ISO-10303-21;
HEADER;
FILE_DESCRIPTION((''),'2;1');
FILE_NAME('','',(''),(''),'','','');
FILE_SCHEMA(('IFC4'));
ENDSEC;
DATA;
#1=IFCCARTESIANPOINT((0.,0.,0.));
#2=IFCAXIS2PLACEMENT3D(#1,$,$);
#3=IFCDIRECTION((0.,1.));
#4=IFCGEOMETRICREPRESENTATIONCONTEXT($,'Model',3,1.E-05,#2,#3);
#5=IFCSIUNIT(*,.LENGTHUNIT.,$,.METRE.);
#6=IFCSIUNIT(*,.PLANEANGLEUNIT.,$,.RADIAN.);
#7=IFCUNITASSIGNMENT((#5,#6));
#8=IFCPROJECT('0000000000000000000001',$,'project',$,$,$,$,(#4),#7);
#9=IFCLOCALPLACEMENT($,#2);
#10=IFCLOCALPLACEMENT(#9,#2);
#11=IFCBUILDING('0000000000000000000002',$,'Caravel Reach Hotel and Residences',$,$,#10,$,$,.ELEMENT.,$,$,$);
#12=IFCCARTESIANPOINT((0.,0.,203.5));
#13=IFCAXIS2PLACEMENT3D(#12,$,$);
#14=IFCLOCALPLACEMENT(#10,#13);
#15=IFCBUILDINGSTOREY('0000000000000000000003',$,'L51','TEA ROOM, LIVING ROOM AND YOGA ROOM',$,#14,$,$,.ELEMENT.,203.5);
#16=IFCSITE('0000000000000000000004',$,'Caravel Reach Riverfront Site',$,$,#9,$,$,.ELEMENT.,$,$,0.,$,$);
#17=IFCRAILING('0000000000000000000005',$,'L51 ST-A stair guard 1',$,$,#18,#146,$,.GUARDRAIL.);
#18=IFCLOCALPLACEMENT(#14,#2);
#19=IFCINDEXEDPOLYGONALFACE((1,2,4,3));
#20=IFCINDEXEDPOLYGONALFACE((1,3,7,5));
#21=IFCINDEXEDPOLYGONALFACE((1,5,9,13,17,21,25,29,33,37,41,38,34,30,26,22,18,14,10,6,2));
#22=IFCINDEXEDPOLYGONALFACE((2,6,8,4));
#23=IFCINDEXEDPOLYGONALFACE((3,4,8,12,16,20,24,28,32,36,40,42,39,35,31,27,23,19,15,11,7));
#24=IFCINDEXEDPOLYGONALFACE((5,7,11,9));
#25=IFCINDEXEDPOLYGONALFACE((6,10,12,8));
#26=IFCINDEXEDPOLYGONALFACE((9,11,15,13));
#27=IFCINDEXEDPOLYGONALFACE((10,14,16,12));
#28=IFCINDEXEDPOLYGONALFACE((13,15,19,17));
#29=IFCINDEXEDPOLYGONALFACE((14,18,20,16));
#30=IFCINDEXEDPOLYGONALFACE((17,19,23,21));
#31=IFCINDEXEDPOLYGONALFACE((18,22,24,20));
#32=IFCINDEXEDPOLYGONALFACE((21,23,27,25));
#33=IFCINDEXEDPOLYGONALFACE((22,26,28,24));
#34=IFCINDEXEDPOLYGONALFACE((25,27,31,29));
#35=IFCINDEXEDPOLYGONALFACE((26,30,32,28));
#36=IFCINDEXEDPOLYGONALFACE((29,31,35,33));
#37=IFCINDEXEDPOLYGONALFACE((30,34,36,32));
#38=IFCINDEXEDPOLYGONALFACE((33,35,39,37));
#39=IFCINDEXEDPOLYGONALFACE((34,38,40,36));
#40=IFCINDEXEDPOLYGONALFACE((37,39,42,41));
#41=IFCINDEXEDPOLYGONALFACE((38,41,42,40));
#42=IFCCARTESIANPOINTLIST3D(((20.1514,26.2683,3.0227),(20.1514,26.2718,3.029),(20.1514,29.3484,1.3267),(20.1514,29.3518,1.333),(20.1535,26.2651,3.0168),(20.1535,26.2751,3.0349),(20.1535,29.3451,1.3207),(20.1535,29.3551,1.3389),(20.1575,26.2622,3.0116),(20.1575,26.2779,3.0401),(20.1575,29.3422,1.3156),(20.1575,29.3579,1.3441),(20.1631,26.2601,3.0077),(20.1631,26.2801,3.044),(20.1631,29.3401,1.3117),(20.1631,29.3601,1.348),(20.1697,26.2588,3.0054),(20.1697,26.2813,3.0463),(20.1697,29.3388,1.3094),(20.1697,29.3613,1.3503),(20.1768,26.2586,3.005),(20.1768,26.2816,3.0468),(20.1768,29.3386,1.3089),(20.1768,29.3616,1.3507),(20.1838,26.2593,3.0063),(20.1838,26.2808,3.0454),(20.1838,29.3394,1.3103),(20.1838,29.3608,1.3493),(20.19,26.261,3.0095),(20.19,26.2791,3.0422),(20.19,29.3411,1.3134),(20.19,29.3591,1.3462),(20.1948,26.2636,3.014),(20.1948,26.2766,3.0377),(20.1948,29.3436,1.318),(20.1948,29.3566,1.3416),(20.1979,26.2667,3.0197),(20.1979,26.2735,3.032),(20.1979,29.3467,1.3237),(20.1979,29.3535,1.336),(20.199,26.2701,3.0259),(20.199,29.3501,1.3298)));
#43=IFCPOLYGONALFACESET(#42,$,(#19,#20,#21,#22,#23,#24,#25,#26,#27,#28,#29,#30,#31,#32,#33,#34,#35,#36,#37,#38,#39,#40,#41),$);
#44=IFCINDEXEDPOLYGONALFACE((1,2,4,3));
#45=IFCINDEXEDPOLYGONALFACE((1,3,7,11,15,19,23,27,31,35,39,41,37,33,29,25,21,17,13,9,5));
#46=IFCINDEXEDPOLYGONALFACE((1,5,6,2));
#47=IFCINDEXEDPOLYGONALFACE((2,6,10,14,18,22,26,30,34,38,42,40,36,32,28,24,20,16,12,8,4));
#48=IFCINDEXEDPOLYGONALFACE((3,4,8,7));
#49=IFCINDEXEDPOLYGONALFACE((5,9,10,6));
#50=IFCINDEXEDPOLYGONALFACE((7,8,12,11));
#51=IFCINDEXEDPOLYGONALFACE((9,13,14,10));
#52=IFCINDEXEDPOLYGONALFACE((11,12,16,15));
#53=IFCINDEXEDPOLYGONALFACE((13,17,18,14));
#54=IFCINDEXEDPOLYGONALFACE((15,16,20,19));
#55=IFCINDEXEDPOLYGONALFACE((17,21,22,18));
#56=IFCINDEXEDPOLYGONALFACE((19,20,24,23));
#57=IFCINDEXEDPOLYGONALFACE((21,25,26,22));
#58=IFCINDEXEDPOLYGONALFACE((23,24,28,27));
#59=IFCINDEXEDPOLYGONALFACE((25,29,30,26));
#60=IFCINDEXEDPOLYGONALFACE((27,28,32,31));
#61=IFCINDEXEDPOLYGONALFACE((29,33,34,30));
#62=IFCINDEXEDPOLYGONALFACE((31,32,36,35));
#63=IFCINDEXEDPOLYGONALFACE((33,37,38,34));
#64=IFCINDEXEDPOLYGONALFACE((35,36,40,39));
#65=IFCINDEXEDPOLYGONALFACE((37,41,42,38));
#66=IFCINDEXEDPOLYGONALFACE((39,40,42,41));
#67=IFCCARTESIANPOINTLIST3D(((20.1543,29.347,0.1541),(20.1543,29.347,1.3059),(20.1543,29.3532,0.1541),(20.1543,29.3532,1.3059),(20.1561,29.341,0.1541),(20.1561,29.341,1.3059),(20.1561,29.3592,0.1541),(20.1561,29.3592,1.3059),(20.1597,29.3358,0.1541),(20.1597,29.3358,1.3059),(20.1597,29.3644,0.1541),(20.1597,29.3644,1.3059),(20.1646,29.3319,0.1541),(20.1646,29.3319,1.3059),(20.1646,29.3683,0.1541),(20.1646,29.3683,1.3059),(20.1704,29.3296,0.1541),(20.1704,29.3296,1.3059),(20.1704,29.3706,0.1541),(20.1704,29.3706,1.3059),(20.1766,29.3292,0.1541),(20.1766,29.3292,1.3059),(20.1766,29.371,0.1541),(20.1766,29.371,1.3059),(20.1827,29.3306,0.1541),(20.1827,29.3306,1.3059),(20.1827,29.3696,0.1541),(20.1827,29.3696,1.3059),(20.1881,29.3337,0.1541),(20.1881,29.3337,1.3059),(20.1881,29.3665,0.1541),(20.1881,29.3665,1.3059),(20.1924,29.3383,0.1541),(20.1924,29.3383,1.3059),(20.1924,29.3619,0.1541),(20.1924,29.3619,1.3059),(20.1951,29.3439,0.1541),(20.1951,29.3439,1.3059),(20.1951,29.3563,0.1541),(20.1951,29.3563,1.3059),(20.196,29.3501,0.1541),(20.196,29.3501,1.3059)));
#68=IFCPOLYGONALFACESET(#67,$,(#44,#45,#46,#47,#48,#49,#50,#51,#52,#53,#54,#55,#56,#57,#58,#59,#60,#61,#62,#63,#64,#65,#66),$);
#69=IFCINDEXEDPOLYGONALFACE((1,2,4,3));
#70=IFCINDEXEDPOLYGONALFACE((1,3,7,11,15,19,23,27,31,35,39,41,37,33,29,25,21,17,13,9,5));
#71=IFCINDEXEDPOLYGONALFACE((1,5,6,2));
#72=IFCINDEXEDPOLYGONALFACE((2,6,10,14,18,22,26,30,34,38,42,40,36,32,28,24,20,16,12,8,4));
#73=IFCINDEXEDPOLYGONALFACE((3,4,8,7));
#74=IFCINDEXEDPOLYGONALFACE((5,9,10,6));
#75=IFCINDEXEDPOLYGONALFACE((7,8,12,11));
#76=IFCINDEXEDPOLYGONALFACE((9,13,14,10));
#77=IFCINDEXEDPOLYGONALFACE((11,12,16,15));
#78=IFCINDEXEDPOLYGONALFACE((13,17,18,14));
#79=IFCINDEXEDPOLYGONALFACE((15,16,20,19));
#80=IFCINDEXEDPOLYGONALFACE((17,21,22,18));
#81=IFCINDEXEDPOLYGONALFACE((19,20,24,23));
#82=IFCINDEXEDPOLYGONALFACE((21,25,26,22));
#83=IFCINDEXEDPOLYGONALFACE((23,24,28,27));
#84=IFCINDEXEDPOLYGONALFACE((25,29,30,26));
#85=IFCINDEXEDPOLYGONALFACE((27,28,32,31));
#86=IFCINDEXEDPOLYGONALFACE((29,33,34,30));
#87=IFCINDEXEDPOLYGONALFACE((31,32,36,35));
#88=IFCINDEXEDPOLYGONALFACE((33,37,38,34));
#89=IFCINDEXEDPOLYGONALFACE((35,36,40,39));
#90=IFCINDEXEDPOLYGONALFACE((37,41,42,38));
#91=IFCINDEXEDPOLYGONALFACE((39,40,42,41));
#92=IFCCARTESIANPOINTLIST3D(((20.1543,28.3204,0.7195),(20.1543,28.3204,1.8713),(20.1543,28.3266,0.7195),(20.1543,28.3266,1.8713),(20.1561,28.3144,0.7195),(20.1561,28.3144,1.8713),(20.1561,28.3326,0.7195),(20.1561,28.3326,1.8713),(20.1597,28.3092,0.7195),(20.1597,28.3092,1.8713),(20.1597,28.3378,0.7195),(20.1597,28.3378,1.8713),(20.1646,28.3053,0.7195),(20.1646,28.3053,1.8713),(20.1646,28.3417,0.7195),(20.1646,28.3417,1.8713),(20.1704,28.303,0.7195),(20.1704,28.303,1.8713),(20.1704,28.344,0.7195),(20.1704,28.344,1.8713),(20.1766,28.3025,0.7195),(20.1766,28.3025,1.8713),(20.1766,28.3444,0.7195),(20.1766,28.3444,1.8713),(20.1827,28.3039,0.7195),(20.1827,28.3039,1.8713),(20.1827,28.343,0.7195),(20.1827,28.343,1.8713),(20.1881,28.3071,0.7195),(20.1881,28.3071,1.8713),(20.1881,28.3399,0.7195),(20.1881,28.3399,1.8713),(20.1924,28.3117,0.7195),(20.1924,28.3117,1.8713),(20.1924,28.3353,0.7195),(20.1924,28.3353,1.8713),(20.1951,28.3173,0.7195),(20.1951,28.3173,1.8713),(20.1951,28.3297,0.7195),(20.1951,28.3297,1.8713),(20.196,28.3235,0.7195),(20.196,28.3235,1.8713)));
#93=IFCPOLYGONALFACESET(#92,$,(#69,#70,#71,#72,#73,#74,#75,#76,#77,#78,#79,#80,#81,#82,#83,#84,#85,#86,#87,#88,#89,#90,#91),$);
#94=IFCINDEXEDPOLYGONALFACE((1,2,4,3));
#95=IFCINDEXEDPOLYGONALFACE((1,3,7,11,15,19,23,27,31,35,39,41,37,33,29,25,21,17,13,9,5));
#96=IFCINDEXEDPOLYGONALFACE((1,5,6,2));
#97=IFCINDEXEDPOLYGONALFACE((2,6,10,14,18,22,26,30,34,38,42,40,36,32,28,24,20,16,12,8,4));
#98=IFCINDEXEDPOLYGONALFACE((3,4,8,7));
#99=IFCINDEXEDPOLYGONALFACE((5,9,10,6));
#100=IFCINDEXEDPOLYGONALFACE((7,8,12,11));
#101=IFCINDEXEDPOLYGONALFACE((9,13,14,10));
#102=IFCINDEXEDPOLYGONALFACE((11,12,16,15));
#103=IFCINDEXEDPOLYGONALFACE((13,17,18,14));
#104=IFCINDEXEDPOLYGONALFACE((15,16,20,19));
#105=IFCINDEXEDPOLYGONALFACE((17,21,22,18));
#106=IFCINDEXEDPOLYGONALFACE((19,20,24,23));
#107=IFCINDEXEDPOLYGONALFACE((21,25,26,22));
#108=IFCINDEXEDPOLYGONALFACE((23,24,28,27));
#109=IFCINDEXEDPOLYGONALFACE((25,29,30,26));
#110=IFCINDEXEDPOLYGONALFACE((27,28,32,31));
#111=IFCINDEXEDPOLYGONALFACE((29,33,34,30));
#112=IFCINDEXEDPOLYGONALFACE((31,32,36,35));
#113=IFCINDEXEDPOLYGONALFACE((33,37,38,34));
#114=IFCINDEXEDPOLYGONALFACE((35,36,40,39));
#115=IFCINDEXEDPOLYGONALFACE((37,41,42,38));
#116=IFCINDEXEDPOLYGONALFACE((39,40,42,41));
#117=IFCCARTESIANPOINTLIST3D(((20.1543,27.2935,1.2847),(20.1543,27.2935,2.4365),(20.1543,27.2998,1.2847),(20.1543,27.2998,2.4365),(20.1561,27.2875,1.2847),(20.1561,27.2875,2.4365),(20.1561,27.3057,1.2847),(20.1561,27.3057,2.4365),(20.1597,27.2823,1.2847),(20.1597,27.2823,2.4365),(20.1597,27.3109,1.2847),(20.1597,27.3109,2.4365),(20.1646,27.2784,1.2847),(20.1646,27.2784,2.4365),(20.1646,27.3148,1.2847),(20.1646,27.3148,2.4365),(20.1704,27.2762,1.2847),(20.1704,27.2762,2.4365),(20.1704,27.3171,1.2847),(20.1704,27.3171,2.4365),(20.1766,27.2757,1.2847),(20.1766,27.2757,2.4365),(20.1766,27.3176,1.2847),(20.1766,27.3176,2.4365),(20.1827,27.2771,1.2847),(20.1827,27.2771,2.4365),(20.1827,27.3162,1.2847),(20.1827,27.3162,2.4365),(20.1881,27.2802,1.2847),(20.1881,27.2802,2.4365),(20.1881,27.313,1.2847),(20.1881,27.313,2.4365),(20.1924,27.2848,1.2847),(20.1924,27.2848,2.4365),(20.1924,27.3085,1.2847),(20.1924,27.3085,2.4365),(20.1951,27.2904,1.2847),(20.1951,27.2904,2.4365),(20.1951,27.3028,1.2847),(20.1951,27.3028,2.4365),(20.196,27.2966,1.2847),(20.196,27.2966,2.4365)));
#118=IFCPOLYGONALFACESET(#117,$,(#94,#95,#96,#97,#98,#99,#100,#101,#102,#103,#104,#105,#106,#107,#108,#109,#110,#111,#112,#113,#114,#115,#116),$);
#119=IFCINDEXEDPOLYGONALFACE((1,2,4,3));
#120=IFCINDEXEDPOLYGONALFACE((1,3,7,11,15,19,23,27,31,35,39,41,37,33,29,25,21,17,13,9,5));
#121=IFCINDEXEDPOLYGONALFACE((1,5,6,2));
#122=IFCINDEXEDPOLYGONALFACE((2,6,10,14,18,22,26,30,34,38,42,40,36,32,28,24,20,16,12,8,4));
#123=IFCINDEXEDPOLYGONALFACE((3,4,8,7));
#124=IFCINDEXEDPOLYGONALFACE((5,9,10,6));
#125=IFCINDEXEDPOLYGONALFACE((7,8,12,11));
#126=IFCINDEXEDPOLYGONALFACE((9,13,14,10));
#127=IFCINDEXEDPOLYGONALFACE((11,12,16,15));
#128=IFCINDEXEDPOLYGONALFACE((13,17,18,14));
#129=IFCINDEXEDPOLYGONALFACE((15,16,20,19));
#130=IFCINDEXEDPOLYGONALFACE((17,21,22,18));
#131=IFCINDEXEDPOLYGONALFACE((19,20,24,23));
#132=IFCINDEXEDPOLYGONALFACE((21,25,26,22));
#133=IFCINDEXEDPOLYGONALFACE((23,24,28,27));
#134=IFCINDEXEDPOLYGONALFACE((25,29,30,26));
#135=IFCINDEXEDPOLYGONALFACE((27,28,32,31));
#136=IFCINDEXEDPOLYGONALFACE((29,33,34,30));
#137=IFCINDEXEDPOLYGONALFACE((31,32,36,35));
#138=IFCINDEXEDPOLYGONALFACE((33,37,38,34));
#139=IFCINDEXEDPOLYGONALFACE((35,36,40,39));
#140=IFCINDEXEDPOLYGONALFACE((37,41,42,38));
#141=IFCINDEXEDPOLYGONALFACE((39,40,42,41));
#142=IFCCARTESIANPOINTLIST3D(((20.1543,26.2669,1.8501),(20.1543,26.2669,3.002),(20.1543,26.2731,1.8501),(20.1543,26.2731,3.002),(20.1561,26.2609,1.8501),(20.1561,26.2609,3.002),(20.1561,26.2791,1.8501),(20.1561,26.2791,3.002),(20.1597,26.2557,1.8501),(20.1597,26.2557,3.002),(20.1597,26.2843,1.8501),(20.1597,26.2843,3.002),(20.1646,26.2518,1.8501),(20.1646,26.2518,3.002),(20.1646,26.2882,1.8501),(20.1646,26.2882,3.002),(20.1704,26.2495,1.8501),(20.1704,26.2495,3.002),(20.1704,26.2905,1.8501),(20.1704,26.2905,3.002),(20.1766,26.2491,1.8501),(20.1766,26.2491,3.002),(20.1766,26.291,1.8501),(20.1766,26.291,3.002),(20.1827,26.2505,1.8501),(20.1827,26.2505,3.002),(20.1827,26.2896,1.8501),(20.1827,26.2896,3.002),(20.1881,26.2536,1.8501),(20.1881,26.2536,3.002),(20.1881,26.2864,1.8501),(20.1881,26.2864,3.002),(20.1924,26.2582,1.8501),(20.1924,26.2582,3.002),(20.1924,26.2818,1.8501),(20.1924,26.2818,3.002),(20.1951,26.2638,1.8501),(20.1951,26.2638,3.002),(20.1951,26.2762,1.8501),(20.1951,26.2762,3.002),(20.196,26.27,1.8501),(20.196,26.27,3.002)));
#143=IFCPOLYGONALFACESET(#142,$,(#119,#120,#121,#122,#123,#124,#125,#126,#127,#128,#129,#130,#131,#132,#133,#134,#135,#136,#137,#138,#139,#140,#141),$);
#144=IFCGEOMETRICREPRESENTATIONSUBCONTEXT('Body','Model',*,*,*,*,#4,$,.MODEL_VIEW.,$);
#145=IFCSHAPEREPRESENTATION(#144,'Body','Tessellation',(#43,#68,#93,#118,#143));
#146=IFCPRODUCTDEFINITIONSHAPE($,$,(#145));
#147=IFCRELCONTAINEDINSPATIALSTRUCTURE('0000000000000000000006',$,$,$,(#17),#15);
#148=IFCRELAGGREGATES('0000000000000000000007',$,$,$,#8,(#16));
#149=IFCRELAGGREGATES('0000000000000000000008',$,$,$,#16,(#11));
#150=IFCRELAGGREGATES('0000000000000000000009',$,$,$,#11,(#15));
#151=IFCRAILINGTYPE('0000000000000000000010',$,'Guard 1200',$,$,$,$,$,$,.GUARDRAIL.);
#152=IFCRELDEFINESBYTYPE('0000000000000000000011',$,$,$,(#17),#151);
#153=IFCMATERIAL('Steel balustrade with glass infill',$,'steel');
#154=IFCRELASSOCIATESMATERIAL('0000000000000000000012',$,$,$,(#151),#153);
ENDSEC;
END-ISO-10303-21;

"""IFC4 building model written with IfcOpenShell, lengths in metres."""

from ifc_helpers import new_model, si_unit, direction, frame, origin, origin_2d, place, context, subcontext, project, spatial, circle, extrude, material, type_object, element, save


model = new_model("IFC4")

# Units and contexts
model_context = context("Model", 3, precision=1e-05, world=origin(), true_north=direction((0.0, 1.0)))
body_context = subcontext(model_context, "Body", "Model", "MODEL_VIEW")
ifc_project = project(units=[si_unit("LENGTHUNIT", "METRE"), si_unit("PLANEANGLEUNIT", "RADIAN")], contexts=[model_context])

# Site, building, storey
site_placement = place(None, origin())
site = spatial("IfcSite", under=ifc_project, at=site_placement, Name="Caravel Reach Riverfront Site", CompositionType="ELEMENT", RefElevation=0.0)
building_placement = place(site_placement, origin())
building = spatial("IfcBuilding", under=site, at=building_placement, Name="Caravel Reach Hotel and Residences", CompositionType="ELEMENT")
storey_placement = place(building_placement, frame((0.0, 0.0, 203.5)))
storey = spatial("IfcBuildingStorey", under=building, at=storey_placement, Name="L51", Description="TEA ROOM, LIVING ROOM AND YOGA ROOM", CompositionType="ELEMENT", Elevation=203.5)

# Railing
ifc_material_1 = material(Name="Steel balustrade with glass infill", Category="steel")
railing_type_1 = type_object("IfcRailingType", Name="Guard 1200", PredefinedType="GUARDRAIL", material=ifc_material_1)
railing_1_placement = place(storey_placement, frame((20.175, 29.3501, 0.1541)))
element("IfcRailing", 1, at=railing_1_placement, inside=storey, type_object=railing_type_1, Name="L51 ST-A stair guard 1", PredefinedType="GUARDRAIL", context=body_context, shape_type="SweptSolid", body=[
    extrude(circle(Radius=0.0239, at=origin_2d()), frame((0.0, 0.0, 1.1758), z_axis=(0.0, -0.875975, 0.482356), x_axis=(1.0, 0.0, 0.0)), (0.0, 0.0, 1.0), 3.5161),
    extrude(circle(Radius=0.021, at=origin_2d()), origin(), (0.0, 0.0, 1.0), 1.1519),
    extrude(circle(Radius=0.021, at=origin_2d()), frame((0.0, -1.0266, 0.5654)), (0.0, 0.0, 1.0), 1.1519),
    extrude(circle(Radius=0.021, at=origin_2d()), frame((0.0, -2.0535, 1.1306)), (0.0, 0.0, 1.0), 1.1519),
    extrude(circle(Radius=0.021, at=origin_2d()), frame((0.0, -3.0801, 1.696)), (0.0, 0.0, 1.0), 1.1519),
])

save(model, "model.ifc")
